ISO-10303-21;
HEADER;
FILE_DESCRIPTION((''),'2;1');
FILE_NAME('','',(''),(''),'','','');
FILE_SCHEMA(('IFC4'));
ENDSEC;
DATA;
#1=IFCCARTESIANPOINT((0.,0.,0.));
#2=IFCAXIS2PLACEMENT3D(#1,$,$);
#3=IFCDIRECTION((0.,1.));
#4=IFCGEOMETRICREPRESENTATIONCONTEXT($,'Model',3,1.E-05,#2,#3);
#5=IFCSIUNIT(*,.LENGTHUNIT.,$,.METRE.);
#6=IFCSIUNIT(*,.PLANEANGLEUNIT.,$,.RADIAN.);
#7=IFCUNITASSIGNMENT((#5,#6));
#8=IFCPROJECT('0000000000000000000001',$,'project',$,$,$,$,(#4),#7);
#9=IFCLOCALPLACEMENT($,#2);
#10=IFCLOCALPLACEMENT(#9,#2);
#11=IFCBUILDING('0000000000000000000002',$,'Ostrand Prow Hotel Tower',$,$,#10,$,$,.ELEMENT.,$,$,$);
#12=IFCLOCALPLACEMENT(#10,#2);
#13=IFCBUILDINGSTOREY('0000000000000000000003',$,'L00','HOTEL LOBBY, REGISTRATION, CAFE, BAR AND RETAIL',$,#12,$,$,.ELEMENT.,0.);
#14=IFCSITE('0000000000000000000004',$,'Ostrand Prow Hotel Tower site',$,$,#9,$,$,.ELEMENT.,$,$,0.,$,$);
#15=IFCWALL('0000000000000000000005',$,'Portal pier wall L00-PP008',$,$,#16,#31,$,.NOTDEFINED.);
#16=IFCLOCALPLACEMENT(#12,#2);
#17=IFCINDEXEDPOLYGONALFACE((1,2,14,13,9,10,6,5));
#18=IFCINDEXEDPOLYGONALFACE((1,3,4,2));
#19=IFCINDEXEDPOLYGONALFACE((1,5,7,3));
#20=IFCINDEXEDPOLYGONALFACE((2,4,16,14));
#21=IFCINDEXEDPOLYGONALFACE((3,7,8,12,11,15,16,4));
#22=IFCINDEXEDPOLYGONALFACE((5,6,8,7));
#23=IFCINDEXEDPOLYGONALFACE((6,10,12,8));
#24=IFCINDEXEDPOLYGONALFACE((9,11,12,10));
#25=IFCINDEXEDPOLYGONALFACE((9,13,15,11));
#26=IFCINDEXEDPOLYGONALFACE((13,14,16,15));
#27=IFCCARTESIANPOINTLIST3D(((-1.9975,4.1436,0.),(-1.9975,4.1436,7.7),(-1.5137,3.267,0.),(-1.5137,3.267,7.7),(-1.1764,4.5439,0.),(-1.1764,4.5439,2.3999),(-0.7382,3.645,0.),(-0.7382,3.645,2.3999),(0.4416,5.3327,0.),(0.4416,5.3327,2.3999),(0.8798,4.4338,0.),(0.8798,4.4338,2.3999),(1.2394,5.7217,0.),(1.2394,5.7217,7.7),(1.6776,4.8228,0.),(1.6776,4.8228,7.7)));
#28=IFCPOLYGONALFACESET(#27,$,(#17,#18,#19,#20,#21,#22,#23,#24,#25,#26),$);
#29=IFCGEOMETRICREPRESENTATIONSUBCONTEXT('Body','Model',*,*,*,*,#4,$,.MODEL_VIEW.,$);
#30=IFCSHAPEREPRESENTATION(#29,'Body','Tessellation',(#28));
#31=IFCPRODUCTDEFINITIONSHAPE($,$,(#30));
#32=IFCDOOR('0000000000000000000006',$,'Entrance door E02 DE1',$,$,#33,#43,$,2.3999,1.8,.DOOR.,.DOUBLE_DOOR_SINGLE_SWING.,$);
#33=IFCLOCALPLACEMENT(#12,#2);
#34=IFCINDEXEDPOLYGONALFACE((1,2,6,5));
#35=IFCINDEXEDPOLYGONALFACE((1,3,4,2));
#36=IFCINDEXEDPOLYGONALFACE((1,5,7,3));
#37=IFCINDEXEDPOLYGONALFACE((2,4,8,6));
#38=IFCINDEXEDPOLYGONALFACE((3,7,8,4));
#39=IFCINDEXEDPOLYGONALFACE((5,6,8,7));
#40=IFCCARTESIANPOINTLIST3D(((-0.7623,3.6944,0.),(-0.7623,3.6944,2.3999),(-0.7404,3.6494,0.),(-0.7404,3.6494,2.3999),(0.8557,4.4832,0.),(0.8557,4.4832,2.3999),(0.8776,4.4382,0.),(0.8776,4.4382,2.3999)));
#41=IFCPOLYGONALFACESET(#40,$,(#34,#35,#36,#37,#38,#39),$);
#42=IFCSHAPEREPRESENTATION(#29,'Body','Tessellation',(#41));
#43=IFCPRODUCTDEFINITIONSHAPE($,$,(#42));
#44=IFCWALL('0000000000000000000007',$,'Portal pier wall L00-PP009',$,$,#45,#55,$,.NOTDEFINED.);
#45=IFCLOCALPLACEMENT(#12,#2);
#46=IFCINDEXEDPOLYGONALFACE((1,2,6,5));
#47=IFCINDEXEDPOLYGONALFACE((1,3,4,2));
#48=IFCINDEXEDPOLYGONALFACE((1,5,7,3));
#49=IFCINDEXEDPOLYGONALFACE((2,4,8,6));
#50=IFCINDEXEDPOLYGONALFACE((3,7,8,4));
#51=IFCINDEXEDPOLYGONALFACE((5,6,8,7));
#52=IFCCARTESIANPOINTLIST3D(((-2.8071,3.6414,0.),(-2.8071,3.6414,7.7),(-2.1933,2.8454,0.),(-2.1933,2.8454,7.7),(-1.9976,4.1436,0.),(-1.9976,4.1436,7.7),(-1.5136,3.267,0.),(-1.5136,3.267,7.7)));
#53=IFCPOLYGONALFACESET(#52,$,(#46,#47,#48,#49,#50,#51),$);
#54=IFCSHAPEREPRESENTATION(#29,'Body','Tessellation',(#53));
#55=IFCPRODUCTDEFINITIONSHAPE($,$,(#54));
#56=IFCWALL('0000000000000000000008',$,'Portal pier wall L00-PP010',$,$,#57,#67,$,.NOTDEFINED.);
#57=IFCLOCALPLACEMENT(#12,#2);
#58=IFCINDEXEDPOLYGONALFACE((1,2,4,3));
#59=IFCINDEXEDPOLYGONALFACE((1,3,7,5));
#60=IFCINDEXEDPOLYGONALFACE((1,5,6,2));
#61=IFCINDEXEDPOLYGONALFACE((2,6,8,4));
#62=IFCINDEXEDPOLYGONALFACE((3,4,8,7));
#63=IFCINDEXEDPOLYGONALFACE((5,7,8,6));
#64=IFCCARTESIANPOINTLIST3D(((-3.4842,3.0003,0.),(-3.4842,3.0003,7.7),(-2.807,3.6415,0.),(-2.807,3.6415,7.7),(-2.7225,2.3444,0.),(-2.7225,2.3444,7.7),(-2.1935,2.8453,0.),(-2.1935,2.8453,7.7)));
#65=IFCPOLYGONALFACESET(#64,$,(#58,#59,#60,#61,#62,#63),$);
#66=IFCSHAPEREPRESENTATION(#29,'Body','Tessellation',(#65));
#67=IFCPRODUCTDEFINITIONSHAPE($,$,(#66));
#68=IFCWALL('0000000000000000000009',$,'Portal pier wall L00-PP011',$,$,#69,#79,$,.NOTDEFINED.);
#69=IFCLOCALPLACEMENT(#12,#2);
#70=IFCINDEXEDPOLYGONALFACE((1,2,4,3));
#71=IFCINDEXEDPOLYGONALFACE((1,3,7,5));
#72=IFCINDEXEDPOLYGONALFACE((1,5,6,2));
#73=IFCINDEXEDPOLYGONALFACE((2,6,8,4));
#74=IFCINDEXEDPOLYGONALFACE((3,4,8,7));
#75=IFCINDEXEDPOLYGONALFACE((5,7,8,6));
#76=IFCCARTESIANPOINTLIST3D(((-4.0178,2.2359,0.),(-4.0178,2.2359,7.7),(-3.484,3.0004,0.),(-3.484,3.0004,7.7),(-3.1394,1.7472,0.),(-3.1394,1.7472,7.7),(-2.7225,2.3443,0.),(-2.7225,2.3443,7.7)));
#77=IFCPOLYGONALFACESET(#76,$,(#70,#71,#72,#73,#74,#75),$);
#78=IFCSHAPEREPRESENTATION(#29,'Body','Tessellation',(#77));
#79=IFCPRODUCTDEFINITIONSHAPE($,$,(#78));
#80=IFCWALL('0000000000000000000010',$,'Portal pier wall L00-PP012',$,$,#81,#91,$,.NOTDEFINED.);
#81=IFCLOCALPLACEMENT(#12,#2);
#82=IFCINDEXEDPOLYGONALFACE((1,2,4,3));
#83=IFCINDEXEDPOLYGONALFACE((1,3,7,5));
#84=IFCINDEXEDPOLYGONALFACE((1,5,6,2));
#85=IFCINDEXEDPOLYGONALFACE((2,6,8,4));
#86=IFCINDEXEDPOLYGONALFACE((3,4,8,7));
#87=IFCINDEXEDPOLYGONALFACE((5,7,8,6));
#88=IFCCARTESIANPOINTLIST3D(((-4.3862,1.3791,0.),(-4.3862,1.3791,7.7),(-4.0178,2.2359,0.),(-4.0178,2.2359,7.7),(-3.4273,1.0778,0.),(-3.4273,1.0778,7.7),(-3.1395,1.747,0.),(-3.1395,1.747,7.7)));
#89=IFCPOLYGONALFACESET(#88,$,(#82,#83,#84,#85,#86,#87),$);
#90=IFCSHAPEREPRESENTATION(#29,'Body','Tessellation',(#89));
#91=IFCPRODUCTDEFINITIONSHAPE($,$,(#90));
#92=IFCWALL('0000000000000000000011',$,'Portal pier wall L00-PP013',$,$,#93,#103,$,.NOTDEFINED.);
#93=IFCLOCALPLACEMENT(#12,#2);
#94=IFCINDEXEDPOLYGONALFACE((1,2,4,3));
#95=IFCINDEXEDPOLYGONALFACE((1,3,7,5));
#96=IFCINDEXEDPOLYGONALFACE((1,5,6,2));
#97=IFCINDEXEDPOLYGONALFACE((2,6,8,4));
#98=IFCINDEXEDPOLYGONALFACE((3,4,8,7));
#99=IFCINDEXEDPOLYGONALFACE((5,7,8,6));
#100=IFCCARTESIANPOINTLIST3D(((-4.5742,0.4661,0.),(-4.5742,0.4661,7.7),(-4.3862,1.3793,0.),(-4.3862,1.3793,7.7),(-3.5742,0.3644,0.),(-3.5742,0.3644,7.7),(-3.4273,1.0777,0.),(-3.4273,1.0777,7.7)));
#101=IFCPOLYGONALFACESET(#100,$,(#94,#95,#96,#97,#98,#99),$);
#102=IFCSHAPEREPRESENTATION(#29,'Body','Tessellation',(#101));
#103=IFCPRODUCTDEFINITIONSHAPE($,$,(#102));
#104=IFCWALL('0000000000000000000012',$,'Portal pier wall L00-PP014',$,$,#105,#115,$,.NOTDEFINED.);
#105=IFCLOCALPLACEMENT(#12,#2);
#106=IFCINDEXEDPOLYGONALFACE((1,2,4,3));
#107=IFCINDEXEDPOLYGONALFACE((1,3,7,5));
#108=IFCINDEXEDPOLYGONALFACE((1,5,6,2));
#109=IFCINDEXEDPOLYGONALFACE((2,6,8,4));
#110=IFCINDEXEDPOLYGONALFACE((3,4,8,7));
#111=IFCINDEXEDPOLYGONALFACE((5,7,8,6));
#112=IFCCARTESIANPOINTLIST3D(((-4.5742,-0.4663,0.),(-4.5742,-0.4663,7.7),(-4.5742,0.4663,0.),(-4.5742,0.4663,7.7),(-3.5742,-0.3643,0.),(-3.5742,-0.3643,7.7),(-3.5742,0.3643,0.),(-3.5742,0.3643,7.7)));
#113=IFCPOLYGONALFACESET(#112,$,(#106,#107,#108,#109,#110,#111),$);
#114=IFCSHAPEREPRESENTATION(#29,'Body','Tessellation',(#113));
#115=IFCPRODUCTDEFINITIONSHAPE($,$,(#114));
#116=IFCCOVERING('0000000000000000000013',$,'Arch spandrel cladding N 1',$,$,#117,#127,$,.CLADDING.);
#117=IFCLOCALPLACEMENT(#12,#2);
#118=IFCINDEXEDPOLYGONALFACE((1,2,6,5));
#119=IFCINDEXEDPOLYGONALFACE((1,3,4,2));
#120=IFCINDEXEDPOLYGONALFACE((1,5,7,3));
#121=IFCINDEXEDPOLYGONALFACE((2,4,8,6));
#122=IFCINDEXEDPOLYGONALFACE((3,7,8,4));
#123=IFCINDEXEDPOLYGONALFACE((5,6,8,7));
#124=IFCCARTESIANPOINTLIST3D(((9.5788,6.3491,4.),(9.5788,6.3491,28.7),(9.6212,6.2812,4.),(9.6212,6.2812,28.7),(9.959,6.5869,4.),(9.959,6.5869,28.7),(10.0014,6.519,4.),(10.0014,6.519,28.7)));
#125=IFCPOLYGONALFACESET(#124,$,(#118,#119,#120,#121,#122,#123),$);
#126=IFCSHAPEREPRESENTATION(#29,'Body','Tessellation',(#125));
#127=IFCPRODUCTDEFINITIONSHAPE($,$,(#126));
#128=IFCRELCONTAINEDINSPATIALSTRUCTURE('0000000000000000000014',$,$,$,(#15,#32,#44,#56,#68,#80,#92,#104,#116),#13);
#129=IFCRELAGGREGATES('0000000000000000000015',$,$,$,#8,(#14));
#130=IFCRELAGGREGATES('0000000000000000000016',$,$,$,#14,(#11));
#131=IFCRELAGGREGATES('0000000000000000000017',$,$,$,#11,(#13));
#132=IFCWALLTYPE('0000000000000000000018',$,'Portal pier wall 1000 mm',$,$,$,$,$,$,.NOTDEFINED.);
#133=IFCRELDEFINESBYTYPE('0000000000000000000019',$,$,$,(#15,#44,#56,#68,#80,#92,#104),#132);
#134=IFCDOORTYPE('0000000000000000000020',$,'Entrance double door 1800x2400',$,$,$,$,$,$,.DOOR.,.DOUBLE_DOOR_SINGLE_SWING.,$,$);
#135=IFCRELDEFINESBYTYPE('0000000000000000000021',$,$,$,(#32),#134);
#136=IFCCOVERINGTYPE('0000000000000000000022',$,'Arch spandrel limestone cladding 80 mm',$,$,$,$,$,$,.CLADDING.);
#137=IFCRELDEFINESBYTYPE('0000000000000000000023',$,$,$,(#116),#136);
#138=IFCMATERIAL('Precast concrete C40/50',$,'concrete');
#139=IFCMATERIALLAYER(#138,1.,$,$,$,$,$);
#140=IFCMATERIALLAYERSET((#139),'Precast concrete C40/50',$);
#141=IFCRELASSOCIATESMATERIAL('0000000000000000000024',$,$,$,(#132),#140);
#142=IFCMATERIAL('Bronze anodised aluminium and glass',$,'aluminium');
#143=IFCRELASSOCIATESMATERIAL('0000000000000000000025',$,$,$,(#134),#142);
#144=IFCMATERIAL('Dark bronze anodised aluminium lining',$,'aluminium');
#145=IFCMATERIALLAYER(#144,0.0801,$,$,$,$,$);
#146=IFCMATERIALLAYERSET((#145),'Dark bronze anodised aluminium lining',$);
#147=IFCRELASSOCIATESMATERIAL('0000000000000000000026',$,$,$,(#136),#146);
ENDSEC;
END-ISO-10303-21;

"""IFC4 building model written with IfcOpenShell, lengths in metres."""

from ifc_helpers import new_model, si_unit, direction, frame, frame_2d, origin, place, context, subcontext, project, spatial, polyline, rectangle, outline, extrude, material, layer, layer_set, type_object, element, fill, save


model = new_model("IFC4")

# Units and contexts
model_context = context("Model", 3, precision=1e-05, world=origin(), true_north=direction((0.0, 1.0)))
body_context = subcontext(model_context, "Body", "Model", "MODEL_VIEW")
ifc_project = project(units=[si_unit("LENGTHUNIT", "METRE"), si_unit("PLANEANGLEUNIT", "RADIAN")], contexts=[model_context])

# Site, building, storey
site_placement = place(None, origin())
site = spatial("IfcSite", under=ifc_project, at=site_placement, Name="Ostrand Prow Hotel Tower site", CompositionType="ELEMENT", RefElevation=0.0)
building_placement = place(site_placement, origin())
building = spatial("IfcBuilding", under=site, at=building_placement, Name="Ostrand Prow Hotel Tower", CompositionType="ELEMENT")
storey_placement = place(building_placement, origin())
storey = spatial("IfcBuildingStorey", under=building, at=storey_placement, Name="L00", Description="HOTEL LOBBY, REGISTRATION, CAFE, BAR AND RETAIL", CompositionType="ELEMENT", Elevation=0.0)

# Shared definitions
ifc_material_1 = material(Name="Precast concrete C40/50", Category="concrete")
ifc_layer_1 = layer(ifc_material_1, 1.0)
ifc_layer_set_1 = layer_set([ifc_layer_1], Name="Precast concrete C40/50")
wall_type_1 = type_object("IfcWallType", Name="Portal pier wall 1000 mm", PredefinedType="NOTDEFINED", material=ifc_layer_set_1)

# Wall, opening, door
wall_1_placement = place(storey_placement, frame((1.4585, 5.2722, 0.0), z_axis=(0.0, 0.0, 1.0), x_axis=(-0.898875, -0.438206, 0.0)))
wall_1 = element("IfcWall", 1, at=wall_1_placement, inside=storey, type_object=wall_type_1, Name="Portal pier wall L00-PP008", PredefinedType="NOTDEFINED", context=body_context, shape_type="SweptSolid", body=[
    extrude(outline(polyline([(0.0, -0.5), (3.6011, -0.5), (3.5503, 0.5), (0.0, 0.5), (0.0, -0.5)])), origin(), (0.0, 0.0, 1.0), 7.7),
])
opening_1_placement = place(wall_1_placement, frame((0.8877, 0.0, 0.0)))
opening_1 = element("IfcOpeningElement", 2, at=opening_1_placement, cuts=wall_1, PredefinedType="OPENING", context=body_context, shape_type="SweptSolid", body=[
    extrude(rectangle(XDim=1.8, YDim=2.3999, at=frame_2d((0.8999, 1.2))), frame((0.0, 0.51, 0.0), z_axis=(0.0, -1.0, 0.0), x_axis=(1.0, 0.0, 0.0)), (0.0, 0.0, 1.0), 1.02),
])
ifc_material_2 = material(Name="Bronze anodised aluminium and glass", Category="aluminium")
door_type = type_object("IfcDoorType", Name="Entrance double door 1800x2400", OperationType="DOUBLE_DOOR_SINGLE_SWING", PredefinedType="DOOR", material=ifc_material_2)
door_placement = place(opening_1_placement, origin())
door = element("IfcDoor", 3, at=door_placement, inside=storey, type_object=door_type, Name="Entrance door E02 DE1", OperationType="DOUBLE_DOOR_SINGLE_SWING", OverallHeight=2.3999, OverallWidth=1.8, PredefinedType="DOOR", context=body_context, shape_type="SweptSolid", body=[
    extrude(rectangle(XDim=1.8, YDim=2.3999, at=frame_2d((0.8999, 1.2))), frame((0.0, 0.4951, 0.0), z_axis=(0.0, -1.0, 0.0), x_axis=(1.0, 0.0, 0.0)), (0.0, 0.0, 1.0), 0.05),
])
fill(opening_1, door)

# Walls
wall_2_placement = place(storey_placement, frame((-1.7556, 3.7053, 0.0), z_axis=(0.0, 0.0, 1.0), x_axis=(-0.849778, -0.527141, 0.0)))
element("IfcWall", 4, at=wall_2_placement, inside=storey, type_object=wall_type_1, Name="Portal pier wall L00-PP009", PredefinedType="NOTDEFINED", context=body_context, shape_type="SweptSolid", body=[
    extrude(outline(polyline([(-0.0254, -0.5), (0.9272, -0.5), (0.8252, 0.5), (0.0254, 0.5), (-0.0254, -0.5)])), origin(), (0.0, 0.0, 1.0), 7.7),
])
wall_3_placement = place(storey_placement, frame((-2.5002, 3.2434, 0.0), z_axis=(0.0, 0.0, 1.0), x_axis=(-0.726099, -0.68759, 0.0)))
element("IfcWall", 5, at=wall_3_placement, inside=storey, type_object=wall_type_1, Name="Portal pier wall L00-PP010", PredefinedType="NOTDEFINED", context=body_context, shape_type="SweptSolid", body=[
    extrude(outline(polyline([(-0.051, -0.5), (0.8816, -0.5), (0.7795, 0.5), (0.051, 0.5), (-0.051, -0.5)])), origin(), (0.0, 0.0, 1.0), 7.7),
])
wall_4_placement = place(storey_placement, frame((-3.1033, 2.6724, 0.0), z_axis=(0.0, 0.0, 1.0), x_axis=(-0.572416, -0.819963, 0.0)))
element("IfcWall", 6, at=wall_4_placement, inside=storey, type_object=wall_type_1, Name="Portal pier wall L00-PP011", PredefinedType="NOTDEFINED", context=body_context, shape_type="SweptSolid", body=[
    extrude(outline(polyline([(-0.051, -0.5), (0.8813, -0.5), (0.7793, 0.5), (0.051, 0.5), (-0.051, -0.5)])), origin(), (0.0, 0.0, 1.0), 7.7),
])
wall_5_placement = place(storey_placement, frame((-3.5786, 1.9915, 0.0), z_axis=(0.0, 0.0, 1.0), x_axis=(-0.39509, -0.918643, 0.0)))
element("IfcWall", 7, at=wall_5_placement, inside=storey, type_object=wall_type_1, Name="Portal pier wall L00-PP012", PredefinedType="NOTDEFINED", context=body_context, shape_type="SweptSolid", body=[
    extrude(outline(polyline([(-0.051, -0.5), (0.8816, -0.5), (0.7795, 0.5), (0.051, 0.5), (-0.051, -0.5)])), origin(), (0.0, 0.0, 1.0), 7.7),
])
wall_6_placement = place(storey_placement, frame((-3.9067, 1.2285, 0.0), z_axis=(0.0, 0.0, 1.0), x_axis=(-0.201711, -0.979445, 0.0)))
element("IfcWall", 8, at=wall_6_placement, inside=storey, type_object=wall_type_1, Name="Portal pier wall L00-PP013", PredefinedType="NOTDEFINED", context=body_context, shape_type="SweptSolid", body=[
    extrude(outline(polyline([(-0.051, -0.5), (0.8813, -0.5), (0.7793, 0.5), (0.051, 0.5), (-0.051, -0.5)])), origin(), (0.0, 0.0, 1.0), 7.7),
])
wall_7_placement = place(storey_placement, frame((-4.0742, 0.4153, 0.0), z_axis=(0.0, 0.0, 1.0), x_axis=(0.0, -1.0, 0.0)))
element("IfcWall", 9, at=wall_7_placement, inside=storey, type_object=wall_type_1, Name="Portal pier wall L00-PP014", PredefinedType="NOTDEFINED", context=body_context, shape_type="SweptSolid", body=[
    extrude(outline(polyline([(-0.051, -0.5), (0.8816, -0.5), (0.7795, 0.5), (0.051, 0.5), (-0.051, -0.5)])), origin(), (0.0, 0.0, 1.0), 7.7),
])

# Covering
ifc_material_3 = material(Name="Dark bronze anodised aluminium lining", Category="aluminium")
ifc_layer_2 = layer(ifc_material_3, 0.0801)
ifc_layer_set_2 = layer_set([ifc_layer_2], Name="Dark bronze anodised aluminium lining")
covering_type_1 = type_object("IfcCoveringType", Name="Arch spandrel limestone cladding 80 mm", PredefinedType="CLADDING", material=ifc_layer_set_2)
covering_1_placement = place(storey_placement, frame((9.6001, 6.3152, 4.0), z_axis=(0.0, 0.0, 1.0), x_axis=(0.847784, 0.530342, 0.0)))
element("IfcCovering", 10, at=covering_1_placement, inside=storey, type_object=covering_type_1, Name="Arch spandrel cladding N 1", PredefinedType="CLADDING", context=body_context, shape_type="SweptSolid", body=[
    extrude(rectangle(XDim=0.4485, YDim=0.0801, at=frame_2d((0.2241, 0.0))), origin(), (0.0, 0.0, 1.0), 24.7),
])

save(model, "model.ifc")
